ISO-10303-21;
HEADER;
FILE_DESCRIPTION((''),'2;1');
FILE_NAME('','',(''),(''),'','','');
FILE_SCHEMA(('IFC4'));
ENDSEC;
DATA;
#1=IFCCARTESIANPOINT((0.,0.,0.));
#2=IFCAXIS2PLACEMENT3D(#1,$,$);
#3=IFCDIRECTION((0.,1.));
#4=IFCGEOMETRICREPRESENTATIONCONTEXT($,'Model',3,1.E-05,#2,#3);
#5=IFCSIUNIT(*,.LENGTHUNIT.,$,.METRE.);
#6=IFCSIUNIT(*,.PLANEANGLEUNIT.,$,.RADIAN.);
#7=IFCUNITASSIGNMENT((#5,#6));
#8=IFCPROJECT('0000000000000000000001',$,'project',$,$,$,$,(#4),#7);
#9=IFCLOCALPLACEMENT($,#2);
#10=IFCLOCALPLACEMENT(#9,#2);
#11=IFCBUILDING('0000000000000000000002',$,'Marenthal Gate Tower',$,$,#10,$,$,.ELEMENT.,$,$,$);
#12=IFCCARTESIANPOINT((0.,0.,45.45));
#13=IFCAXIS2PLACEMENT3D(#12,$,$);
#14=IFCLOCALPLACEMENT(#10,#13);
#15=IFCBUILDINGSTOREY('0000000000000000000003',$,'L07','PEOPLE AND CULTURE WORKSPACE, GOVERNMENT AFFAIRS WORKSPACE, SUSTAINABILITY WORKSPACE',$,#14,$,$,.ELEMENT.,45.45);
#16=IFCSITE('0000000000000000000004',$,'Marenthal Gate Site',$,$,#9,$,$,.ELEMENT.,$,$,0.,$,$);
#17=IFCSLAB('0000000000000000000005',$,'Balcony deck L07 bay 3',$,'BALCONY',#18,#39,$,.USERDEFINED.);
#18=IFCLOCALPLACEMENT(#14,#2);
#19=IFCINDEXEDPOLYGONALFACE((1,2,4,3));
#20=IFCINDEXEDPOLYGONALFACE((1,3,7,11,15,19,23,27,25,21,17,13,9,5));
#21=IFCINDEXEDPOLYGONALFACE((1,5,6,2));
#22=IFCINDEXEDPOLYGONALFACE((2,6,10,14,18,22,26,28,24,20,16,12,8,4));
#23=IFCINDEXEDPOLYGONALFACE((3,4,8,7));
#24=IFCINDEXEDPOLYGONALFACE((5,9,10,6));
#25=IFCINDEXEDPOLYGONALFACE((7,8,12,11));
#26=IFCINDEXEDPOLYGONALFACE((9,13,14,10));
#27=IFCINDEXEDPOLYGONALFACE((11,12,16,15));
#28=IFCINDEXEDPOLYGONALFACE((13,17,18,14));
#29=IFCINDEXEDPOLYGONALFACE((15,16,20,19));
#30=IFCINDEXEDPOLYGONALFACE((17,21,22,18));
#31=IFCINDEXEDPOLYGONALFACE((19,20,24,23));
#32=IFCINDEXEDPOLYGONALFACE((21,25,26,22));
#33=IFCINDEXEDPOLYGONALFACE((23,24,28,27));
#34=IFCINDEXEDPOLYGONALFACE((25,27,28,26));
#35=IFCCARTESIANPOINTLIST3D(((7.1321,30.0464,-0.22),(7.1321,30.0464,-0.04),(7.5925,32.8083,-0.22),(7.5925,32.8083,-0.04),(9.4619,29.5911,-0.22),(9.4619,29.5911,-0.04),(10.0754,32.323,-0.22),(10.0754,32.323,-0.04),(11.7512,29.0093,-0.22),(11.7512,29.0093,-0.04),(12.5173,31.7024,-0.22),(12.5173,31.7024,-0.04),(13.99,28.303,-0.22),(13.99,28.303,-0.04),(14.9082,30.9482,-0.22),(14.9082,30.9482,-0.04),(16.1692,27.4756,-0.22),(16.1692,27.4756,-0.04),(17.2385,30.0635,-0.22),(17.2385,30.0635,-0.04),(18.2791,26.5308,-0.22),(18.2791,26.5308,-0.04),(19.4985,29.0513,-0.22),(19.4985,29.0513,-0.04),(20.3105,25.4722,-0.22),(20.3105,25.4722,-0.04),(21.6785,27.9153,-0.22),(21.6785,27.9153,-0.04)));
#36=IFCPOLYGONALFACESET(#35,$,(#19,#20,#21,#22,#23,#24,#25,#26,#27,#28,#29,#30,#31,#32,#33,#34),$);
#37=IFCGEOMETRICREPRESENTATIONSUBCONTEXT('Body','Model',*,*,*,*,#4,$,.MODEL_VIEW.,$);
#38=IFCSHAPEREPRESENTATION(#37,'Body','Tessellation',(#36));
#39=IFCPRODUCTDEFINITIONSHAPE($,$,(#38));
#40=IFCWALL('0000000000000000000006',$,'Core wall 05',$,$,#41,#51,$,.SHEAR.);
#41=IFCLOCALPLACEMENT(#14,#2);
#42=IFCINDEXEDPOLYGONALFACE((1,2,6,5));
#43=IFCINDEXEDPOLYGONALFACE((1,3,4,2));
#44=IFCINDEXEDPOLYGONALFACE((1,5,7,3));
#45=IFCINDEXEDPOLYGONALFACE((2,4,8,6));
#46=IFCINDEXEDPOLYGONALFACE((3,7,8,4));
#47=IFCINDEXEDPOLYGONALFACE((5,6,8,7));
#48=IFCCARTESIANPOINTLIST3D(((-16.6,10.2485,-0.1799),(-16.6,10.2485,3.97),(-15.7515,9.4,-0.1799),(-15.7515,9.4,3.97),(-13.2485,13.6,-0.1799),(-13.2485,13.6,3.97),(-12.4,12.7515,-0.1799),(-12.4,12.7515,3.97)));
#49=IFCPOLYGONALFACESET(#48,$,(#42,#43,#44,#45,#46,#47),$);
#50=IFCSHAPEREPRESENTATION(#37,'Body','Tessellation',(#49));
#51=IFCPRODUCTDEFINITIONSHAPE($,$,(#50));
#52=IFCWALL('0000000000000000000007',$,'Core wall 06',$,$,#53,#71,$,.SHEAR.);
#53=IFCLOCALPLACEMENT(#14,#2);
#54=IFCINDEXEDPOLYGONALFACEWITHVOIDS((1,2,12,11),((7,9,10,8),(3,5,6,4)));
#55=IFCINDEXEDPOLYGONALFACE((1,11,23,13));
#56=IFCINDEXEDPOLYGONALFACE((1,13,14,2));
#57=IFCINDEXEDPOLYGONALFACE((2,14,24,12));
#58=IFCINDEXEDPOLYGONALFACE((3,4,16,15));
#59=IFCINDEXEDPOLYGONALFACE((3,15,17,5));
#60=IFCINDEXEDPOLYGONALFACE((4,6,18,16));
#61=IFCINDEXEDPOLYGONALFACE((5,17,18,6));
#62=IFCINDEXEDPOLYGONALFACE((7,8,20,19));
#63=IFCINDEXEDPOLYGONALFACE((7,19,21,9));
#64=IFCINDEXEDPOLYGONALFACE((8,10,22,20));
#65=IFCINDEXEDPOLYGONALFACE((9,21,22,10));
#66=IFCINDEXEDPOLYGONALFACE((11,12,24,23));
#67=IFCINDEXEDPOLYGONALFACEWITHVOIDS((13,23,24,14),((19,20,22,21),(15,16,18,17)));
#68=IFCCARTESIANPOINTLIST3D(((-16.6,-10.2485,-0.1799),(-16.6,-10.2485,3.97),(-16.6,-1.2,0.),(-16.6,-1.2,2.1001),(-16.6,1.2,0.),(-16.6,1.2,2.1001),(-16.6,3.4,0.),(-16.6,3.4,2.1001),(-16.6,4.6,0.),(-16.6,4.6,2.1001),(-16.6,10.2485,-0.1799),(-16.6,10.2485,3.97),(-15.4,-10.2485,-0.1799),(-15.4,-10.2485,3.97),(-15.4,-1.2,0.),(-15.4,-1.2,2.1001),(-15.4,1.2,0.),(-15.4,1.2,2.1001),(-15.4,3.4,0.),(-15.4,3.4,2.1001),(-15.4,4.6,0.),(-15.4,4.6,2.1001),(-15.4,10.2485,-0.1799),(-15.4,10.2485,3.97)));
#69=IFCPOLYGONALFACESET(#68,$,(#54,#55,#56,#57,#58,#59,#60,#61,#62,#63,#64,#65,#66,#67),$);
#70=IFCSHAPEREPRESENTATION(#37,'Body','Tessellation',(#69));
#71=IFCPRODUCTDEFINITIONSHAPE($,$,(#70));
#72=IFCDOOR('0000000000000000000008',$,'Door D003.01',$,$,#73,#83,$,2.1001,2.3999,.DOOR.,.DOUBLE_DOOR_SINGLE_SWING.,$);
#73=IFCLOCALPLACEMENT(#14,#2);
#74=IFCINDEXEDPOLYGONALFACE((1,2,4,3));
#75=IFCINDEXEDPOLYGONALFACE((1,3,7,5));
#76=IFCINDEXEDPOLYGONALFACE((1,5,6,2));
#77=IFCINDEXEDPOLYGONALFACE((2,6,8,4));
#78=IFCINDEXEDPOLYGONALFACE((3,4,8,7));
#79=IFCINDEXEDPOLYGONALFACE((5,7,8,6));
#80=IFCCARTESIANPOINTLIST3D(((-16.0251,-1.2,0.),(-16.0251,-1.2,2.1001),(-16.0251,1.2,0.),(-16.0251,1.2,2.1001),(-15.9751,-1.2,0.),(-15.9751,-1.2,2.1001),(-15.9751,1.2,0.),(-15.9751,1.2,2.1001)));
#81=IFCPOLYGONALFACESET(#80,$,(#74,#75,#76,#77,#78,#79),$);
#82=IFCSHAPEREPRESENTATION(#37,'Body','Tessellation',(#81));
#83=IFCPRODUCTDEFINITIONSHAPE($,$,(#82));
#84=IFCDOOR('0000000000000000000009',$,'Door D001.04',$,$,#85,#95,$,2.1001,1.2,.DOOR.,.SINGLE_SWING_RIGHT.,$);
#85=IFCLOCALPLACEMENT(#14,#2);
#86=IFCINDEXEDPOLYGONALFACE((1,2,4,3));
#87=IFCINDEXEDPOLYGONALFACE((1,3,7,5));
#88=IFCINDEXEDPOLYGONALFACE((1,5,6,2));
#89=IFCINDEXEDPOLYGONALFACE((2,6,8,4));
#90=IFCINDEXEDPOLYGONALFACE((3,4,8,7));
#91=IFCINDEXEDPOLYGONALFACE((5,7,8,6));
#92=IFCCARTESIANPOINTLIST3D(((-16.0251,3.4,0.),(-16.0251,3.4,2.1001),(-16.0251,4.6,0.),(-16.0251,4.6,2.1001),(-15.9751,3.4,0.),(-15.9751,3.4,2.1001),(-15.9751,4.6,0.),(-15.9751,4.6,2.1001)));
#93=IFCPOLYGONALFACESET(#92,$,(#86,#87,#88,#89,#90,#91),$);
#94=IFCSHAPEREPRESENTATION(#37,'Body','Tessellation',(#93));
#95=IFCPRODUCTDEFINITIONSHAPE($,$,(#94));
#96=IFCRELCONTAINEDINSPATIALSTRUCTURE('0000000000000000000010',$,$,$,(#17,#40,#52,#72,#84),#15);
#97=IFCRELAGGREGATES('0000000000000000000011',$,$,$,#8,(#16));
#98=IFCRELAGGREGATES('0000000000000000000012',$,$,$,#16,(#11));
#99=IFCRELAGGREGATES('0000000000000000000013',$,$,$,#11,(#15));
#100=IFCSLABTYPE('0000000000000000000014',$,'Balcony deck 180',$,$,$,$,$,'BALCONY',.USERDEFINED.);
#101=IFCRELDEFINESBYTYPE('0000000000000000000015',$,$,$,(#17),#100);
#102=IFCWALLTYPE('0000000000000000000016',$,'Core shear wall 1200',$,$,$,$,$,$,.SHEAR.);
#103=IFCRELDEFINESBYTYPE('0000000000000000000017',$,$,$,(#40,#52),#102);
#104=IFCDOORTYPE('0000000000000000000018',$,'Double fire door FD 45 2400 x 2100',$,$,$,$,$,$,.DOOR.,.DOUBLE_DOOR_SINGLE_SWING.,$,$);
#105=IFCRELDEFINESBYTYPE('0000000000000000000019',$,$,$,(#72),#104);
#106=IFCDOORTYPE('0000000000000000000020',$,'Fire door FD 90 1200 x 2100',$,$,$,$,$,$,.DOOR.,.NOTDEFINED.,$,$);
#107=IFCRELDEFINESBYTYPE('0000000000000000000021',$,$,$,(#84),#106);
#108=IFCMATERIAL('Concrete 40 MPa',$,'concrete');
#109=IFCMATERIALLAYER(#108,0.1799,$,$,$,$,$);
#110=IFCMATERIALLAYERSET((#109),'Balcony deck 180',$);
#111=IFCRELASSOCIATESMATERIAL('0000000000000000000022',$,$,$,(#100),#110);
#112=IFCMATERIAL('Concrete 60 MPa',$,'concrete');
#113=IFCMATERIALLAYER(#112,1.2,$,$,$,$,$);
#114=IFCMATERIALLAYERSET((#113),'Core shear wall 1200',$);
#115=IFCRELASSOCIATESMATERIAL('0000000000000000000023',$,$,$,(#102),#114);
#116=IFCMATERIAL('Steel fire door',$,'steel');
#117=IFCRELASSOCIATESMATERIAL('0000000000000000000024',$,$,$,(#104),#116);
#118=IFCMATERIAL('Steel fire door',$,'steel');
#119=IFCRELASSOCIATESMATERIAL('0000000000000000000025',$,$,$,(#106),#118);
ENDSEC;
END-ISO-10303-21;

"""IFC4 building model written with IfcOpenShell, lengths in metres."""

from ifc_helpers import new_model, si_unit, direction, frame, frame_2d, origin, place, context, subcontext, project, spatial, polyline, rectangle, outline, extrude, material, layer, layer_set, type_object, element, fill, save


model = new_model("IFC4")

# Units and contexts
model_context = context("Model", 3, precision=1e-05, world=origin(), true_north=direction((0.0, 1.0)))
body_context = subcontext(model_context, "Body", "Model", "MODEL_VIEW")
ifc_project = project(units=[si_unit("LENGTHUNIT", "METRE"), si_unit("PLANEANGLEUNIT", "RADIAN")], contexts=[model_context])

# Site, building, storey
site_placement = place(None, origin())
site = spatial("IfcSite", under=ifc_project, at=site_placement, Name="Marenthal Gate Site", CompositionType="ELEMENT", RefElevation=0.0)
building_placement = place(site_placement, origin())
building = spatial("IfcBuilding", under=site, at=building_placement, Name="Marenthal Gate Tower", CompositionType="ELEMENT")
storey_placement = place(building_placement, frame((0.0, 0.0, 45.45)))
storey = spatial("IfcBuildingStorey", under=building, at=storey_placement, Name="L07", Description="PEOPLE AND CULTURE WORKSPACE, GOVERNMENT AFFAIRS WORKSPACE, SUSTAINABILITY WORKSPACE", CompositionType="ELEMENT", Elevation=45.45)

# Slab
ifc_material_1 = material(Name="Concrete 40 MPa", Category="concrete")
ifc_layer_1 = layer(ifc_material_1, 0.1799)
ifc_layer_set_1 = layer_set([ifc_layer_1], Name="Balcony deck 180")
slab_type = type_object("IfcSlabType", Name="Balcony deck 180", ElementType="BALCONY", PredefinedType="USERDEFINED", material=ifc_layer_set_1)
slab_placement = place(storey_placement, frame((0.0, 0.0, -0.22)))
element("IfcSlab", 1, at=slab_placement, inside=storey, type_object=slab_type, Name="Balcony deck L07 bay 3", ObjectType="BALCONY", PredefinedType="USERDEFINED", context=body_context, shape_type="SweptSolid", body=[
    extrude(outline(polyline([(20.3105, 25.4722), (18.2791, 26.5308), (16.1692, 27.4756), (13.99, 28.303), (11.7512, 29.0093), (9.4619, 29.5911), (7.1321, 30.0464), (7.5925, 32.8083), (10.0754, 32.323), (12.5173, 31.7024), (14.9082, 30.9482), (17.2385, 30.0635), (19.4985, 29.0513), (21.6785, 27.9153), (20.3105, 25.4722)])), origin(), (0.0, 0.0, 1.0), 0.1799),
])

# Wall
ifc_material_2 = material(Name="Concrete 60 MPa", Category="concrete")
ifc_layer_2 = layer(ifc_material_2, 1.2)
ifc_layer_set_2 = layer_set([ifc_layer_2], Name="Core shear wall 1200")
wall_type_1 = type_object("IfcWallType", Name="Core shear wall 1200", PredefinedType="SHEAR", material=ifc_layer_set_2)
wall_1_placement = place(storey_placement, frame((-12.8242, 13.1758, -0.1799), z_axis=(0.0, 0.0, 1.0), x_axis=(-0.707107, -0.707107, 0.0)))
element("IfcWall", 2, at=wall_1_placement, inside=storey, type_object=wall_type_1, Name="Core wall 05", PredefinedType="SHEAR", context=body_context, shape_type="SweptSolid", body=[
    extrude(rectangle(XDim=4.7397, YDim=1.2, at=frame_2d((2.3699, 0.0))), origin(), (0.0, 0.0, 1.0), 4.1499),
])

# Wall, openings, doors
wall_2_placement = place(storey_placement, frame((-16.0, 10.2485, -0.1799), z_axis=(0.0, 0.0, 1.0), x_axis=(0.0, -1.0, 0.0)))
wall_2 = element("IfcWall", 3, at=wall_2_placement, inside=storey, type_object=wall_type_1, Name="Core wall 06", PredefinedType="SHEAR", context=body_context, shape_type="SweptSolid", body=[
    extrude(rectangle(XDim=20.4971, YDim=1.2, at=frame_2d((10.2485, 0.0))), origin(), (0.0, 0.0, 1.0), 4.1499),
])
opening_1_placement = place(wall_2_placement, frame((9.0486, 0.0, 0.1799)))
opening_1 = element("IfcOpeningElement", 4, at=opening_1_placement, cuts=wall_2, PredefinedType="OPENING", context=body_context, shape_type="SweptSolid", body=[
    extrude(rectangle(XDim=2.3999, YDim=2.1001, at=frame_2d((1.2, 1.05))), frame((0.0, 0.6099, 0.0), z_axis=(0.0, -1.0, 0.0), x_axis=(1.0, 0.0, 0.0)), (0.0, 0.0, 1.0), 1.22),
])
opening_2_placement = place(wall_2_placement, frame((5.6484, 0.0, 0.1799)))
opening_2 = element("IfcOpeningElement", 5, at=opening_2_placement, cuts=wall_2, PredefinedType="OPENING", context=body_context, shape_type="SweptSolid", body=[
    extrude(rectangle(XDim=1.2, YDim=2.1001, at=frame_2d((0.6001, 1.05))), frame((0.0, 0.6099, 0.0), z_axis=(0.0, -1.0, 0.0), x_axis=(1.0, 0.0, 0.0)), (0.0, 0.0, 1.0), 1.22),
])
ifc_material_3 = material(Name="Steel fire door", Category="steel")
door_type_1 = type_object("IfcDoorType", Name="Double fire door FD 45 2400 x 2100", OperationType="DOUBLE_DOOR_SINGLE_SWING", PredefinedType="DOOR", material=ifc_material_3)
door_1_placement = place(opening_1_placement, origin())
door_1 = element("IfcDoor", 6, at=door_1_placement, inside=storey, type_object=door_type_1, Name="Door D003.01", OperationType="DOUBLE_DOOR_SINGLE_SWING", OverallHeight=2.1001, OverallWidth=2.3999, PredefinedType="DOOR", context=body_context, shape_type="SweptSolid", body=[
    extrude(rectangle(XDim=2.3999, YDim=2.1001, at=frame_2d((1.2, 1.05))), frame((0.0, 0.0249, 0.0), z_axis=(0.0, -1.0, 0.0), x_axis=(1.0, 0.0, 0.0)), (0.0, 0.0, 1.0), 0.05),
])
fill(opening_1, door_1)
ifc_material_4 = material(Name="Steel fire door", Category="steel")
door_type_2 = type_object("IfcDoorType", Name="Fire door FD 90 1200 x 2100", OperationType="NOTDEFINED", PredefinedType="DOOR", material=ifc_material_4)
door_2_placement = place(opening_2_placement, origin())
door_2 = element("IfcDoor", 7, at=door_2_placement, inside=storey, type_object=door_type_2, Name="Door D001.04", OperationType="SINGLE_SWING_RIGHT", OverallHeight=2.1001, OverallWidth=1.2, PredefinedType="DOOR", context=body_context, shape_type="SweptSolid", body=[
    extrude(rectangle(XDim=1.2, YDim=2.1001, at=frame_2d((0.6001, 1.05))), frame((0.0, 0.0249, 0.0), z_axis=(0.0, -1.0, 0.0), x_axis=(1.0, 0.0, 0.0)), (0.0, 0.0, 1.0), 0.05),
])
fill(opening_2, door_2)

save(model, "model.ifc")
